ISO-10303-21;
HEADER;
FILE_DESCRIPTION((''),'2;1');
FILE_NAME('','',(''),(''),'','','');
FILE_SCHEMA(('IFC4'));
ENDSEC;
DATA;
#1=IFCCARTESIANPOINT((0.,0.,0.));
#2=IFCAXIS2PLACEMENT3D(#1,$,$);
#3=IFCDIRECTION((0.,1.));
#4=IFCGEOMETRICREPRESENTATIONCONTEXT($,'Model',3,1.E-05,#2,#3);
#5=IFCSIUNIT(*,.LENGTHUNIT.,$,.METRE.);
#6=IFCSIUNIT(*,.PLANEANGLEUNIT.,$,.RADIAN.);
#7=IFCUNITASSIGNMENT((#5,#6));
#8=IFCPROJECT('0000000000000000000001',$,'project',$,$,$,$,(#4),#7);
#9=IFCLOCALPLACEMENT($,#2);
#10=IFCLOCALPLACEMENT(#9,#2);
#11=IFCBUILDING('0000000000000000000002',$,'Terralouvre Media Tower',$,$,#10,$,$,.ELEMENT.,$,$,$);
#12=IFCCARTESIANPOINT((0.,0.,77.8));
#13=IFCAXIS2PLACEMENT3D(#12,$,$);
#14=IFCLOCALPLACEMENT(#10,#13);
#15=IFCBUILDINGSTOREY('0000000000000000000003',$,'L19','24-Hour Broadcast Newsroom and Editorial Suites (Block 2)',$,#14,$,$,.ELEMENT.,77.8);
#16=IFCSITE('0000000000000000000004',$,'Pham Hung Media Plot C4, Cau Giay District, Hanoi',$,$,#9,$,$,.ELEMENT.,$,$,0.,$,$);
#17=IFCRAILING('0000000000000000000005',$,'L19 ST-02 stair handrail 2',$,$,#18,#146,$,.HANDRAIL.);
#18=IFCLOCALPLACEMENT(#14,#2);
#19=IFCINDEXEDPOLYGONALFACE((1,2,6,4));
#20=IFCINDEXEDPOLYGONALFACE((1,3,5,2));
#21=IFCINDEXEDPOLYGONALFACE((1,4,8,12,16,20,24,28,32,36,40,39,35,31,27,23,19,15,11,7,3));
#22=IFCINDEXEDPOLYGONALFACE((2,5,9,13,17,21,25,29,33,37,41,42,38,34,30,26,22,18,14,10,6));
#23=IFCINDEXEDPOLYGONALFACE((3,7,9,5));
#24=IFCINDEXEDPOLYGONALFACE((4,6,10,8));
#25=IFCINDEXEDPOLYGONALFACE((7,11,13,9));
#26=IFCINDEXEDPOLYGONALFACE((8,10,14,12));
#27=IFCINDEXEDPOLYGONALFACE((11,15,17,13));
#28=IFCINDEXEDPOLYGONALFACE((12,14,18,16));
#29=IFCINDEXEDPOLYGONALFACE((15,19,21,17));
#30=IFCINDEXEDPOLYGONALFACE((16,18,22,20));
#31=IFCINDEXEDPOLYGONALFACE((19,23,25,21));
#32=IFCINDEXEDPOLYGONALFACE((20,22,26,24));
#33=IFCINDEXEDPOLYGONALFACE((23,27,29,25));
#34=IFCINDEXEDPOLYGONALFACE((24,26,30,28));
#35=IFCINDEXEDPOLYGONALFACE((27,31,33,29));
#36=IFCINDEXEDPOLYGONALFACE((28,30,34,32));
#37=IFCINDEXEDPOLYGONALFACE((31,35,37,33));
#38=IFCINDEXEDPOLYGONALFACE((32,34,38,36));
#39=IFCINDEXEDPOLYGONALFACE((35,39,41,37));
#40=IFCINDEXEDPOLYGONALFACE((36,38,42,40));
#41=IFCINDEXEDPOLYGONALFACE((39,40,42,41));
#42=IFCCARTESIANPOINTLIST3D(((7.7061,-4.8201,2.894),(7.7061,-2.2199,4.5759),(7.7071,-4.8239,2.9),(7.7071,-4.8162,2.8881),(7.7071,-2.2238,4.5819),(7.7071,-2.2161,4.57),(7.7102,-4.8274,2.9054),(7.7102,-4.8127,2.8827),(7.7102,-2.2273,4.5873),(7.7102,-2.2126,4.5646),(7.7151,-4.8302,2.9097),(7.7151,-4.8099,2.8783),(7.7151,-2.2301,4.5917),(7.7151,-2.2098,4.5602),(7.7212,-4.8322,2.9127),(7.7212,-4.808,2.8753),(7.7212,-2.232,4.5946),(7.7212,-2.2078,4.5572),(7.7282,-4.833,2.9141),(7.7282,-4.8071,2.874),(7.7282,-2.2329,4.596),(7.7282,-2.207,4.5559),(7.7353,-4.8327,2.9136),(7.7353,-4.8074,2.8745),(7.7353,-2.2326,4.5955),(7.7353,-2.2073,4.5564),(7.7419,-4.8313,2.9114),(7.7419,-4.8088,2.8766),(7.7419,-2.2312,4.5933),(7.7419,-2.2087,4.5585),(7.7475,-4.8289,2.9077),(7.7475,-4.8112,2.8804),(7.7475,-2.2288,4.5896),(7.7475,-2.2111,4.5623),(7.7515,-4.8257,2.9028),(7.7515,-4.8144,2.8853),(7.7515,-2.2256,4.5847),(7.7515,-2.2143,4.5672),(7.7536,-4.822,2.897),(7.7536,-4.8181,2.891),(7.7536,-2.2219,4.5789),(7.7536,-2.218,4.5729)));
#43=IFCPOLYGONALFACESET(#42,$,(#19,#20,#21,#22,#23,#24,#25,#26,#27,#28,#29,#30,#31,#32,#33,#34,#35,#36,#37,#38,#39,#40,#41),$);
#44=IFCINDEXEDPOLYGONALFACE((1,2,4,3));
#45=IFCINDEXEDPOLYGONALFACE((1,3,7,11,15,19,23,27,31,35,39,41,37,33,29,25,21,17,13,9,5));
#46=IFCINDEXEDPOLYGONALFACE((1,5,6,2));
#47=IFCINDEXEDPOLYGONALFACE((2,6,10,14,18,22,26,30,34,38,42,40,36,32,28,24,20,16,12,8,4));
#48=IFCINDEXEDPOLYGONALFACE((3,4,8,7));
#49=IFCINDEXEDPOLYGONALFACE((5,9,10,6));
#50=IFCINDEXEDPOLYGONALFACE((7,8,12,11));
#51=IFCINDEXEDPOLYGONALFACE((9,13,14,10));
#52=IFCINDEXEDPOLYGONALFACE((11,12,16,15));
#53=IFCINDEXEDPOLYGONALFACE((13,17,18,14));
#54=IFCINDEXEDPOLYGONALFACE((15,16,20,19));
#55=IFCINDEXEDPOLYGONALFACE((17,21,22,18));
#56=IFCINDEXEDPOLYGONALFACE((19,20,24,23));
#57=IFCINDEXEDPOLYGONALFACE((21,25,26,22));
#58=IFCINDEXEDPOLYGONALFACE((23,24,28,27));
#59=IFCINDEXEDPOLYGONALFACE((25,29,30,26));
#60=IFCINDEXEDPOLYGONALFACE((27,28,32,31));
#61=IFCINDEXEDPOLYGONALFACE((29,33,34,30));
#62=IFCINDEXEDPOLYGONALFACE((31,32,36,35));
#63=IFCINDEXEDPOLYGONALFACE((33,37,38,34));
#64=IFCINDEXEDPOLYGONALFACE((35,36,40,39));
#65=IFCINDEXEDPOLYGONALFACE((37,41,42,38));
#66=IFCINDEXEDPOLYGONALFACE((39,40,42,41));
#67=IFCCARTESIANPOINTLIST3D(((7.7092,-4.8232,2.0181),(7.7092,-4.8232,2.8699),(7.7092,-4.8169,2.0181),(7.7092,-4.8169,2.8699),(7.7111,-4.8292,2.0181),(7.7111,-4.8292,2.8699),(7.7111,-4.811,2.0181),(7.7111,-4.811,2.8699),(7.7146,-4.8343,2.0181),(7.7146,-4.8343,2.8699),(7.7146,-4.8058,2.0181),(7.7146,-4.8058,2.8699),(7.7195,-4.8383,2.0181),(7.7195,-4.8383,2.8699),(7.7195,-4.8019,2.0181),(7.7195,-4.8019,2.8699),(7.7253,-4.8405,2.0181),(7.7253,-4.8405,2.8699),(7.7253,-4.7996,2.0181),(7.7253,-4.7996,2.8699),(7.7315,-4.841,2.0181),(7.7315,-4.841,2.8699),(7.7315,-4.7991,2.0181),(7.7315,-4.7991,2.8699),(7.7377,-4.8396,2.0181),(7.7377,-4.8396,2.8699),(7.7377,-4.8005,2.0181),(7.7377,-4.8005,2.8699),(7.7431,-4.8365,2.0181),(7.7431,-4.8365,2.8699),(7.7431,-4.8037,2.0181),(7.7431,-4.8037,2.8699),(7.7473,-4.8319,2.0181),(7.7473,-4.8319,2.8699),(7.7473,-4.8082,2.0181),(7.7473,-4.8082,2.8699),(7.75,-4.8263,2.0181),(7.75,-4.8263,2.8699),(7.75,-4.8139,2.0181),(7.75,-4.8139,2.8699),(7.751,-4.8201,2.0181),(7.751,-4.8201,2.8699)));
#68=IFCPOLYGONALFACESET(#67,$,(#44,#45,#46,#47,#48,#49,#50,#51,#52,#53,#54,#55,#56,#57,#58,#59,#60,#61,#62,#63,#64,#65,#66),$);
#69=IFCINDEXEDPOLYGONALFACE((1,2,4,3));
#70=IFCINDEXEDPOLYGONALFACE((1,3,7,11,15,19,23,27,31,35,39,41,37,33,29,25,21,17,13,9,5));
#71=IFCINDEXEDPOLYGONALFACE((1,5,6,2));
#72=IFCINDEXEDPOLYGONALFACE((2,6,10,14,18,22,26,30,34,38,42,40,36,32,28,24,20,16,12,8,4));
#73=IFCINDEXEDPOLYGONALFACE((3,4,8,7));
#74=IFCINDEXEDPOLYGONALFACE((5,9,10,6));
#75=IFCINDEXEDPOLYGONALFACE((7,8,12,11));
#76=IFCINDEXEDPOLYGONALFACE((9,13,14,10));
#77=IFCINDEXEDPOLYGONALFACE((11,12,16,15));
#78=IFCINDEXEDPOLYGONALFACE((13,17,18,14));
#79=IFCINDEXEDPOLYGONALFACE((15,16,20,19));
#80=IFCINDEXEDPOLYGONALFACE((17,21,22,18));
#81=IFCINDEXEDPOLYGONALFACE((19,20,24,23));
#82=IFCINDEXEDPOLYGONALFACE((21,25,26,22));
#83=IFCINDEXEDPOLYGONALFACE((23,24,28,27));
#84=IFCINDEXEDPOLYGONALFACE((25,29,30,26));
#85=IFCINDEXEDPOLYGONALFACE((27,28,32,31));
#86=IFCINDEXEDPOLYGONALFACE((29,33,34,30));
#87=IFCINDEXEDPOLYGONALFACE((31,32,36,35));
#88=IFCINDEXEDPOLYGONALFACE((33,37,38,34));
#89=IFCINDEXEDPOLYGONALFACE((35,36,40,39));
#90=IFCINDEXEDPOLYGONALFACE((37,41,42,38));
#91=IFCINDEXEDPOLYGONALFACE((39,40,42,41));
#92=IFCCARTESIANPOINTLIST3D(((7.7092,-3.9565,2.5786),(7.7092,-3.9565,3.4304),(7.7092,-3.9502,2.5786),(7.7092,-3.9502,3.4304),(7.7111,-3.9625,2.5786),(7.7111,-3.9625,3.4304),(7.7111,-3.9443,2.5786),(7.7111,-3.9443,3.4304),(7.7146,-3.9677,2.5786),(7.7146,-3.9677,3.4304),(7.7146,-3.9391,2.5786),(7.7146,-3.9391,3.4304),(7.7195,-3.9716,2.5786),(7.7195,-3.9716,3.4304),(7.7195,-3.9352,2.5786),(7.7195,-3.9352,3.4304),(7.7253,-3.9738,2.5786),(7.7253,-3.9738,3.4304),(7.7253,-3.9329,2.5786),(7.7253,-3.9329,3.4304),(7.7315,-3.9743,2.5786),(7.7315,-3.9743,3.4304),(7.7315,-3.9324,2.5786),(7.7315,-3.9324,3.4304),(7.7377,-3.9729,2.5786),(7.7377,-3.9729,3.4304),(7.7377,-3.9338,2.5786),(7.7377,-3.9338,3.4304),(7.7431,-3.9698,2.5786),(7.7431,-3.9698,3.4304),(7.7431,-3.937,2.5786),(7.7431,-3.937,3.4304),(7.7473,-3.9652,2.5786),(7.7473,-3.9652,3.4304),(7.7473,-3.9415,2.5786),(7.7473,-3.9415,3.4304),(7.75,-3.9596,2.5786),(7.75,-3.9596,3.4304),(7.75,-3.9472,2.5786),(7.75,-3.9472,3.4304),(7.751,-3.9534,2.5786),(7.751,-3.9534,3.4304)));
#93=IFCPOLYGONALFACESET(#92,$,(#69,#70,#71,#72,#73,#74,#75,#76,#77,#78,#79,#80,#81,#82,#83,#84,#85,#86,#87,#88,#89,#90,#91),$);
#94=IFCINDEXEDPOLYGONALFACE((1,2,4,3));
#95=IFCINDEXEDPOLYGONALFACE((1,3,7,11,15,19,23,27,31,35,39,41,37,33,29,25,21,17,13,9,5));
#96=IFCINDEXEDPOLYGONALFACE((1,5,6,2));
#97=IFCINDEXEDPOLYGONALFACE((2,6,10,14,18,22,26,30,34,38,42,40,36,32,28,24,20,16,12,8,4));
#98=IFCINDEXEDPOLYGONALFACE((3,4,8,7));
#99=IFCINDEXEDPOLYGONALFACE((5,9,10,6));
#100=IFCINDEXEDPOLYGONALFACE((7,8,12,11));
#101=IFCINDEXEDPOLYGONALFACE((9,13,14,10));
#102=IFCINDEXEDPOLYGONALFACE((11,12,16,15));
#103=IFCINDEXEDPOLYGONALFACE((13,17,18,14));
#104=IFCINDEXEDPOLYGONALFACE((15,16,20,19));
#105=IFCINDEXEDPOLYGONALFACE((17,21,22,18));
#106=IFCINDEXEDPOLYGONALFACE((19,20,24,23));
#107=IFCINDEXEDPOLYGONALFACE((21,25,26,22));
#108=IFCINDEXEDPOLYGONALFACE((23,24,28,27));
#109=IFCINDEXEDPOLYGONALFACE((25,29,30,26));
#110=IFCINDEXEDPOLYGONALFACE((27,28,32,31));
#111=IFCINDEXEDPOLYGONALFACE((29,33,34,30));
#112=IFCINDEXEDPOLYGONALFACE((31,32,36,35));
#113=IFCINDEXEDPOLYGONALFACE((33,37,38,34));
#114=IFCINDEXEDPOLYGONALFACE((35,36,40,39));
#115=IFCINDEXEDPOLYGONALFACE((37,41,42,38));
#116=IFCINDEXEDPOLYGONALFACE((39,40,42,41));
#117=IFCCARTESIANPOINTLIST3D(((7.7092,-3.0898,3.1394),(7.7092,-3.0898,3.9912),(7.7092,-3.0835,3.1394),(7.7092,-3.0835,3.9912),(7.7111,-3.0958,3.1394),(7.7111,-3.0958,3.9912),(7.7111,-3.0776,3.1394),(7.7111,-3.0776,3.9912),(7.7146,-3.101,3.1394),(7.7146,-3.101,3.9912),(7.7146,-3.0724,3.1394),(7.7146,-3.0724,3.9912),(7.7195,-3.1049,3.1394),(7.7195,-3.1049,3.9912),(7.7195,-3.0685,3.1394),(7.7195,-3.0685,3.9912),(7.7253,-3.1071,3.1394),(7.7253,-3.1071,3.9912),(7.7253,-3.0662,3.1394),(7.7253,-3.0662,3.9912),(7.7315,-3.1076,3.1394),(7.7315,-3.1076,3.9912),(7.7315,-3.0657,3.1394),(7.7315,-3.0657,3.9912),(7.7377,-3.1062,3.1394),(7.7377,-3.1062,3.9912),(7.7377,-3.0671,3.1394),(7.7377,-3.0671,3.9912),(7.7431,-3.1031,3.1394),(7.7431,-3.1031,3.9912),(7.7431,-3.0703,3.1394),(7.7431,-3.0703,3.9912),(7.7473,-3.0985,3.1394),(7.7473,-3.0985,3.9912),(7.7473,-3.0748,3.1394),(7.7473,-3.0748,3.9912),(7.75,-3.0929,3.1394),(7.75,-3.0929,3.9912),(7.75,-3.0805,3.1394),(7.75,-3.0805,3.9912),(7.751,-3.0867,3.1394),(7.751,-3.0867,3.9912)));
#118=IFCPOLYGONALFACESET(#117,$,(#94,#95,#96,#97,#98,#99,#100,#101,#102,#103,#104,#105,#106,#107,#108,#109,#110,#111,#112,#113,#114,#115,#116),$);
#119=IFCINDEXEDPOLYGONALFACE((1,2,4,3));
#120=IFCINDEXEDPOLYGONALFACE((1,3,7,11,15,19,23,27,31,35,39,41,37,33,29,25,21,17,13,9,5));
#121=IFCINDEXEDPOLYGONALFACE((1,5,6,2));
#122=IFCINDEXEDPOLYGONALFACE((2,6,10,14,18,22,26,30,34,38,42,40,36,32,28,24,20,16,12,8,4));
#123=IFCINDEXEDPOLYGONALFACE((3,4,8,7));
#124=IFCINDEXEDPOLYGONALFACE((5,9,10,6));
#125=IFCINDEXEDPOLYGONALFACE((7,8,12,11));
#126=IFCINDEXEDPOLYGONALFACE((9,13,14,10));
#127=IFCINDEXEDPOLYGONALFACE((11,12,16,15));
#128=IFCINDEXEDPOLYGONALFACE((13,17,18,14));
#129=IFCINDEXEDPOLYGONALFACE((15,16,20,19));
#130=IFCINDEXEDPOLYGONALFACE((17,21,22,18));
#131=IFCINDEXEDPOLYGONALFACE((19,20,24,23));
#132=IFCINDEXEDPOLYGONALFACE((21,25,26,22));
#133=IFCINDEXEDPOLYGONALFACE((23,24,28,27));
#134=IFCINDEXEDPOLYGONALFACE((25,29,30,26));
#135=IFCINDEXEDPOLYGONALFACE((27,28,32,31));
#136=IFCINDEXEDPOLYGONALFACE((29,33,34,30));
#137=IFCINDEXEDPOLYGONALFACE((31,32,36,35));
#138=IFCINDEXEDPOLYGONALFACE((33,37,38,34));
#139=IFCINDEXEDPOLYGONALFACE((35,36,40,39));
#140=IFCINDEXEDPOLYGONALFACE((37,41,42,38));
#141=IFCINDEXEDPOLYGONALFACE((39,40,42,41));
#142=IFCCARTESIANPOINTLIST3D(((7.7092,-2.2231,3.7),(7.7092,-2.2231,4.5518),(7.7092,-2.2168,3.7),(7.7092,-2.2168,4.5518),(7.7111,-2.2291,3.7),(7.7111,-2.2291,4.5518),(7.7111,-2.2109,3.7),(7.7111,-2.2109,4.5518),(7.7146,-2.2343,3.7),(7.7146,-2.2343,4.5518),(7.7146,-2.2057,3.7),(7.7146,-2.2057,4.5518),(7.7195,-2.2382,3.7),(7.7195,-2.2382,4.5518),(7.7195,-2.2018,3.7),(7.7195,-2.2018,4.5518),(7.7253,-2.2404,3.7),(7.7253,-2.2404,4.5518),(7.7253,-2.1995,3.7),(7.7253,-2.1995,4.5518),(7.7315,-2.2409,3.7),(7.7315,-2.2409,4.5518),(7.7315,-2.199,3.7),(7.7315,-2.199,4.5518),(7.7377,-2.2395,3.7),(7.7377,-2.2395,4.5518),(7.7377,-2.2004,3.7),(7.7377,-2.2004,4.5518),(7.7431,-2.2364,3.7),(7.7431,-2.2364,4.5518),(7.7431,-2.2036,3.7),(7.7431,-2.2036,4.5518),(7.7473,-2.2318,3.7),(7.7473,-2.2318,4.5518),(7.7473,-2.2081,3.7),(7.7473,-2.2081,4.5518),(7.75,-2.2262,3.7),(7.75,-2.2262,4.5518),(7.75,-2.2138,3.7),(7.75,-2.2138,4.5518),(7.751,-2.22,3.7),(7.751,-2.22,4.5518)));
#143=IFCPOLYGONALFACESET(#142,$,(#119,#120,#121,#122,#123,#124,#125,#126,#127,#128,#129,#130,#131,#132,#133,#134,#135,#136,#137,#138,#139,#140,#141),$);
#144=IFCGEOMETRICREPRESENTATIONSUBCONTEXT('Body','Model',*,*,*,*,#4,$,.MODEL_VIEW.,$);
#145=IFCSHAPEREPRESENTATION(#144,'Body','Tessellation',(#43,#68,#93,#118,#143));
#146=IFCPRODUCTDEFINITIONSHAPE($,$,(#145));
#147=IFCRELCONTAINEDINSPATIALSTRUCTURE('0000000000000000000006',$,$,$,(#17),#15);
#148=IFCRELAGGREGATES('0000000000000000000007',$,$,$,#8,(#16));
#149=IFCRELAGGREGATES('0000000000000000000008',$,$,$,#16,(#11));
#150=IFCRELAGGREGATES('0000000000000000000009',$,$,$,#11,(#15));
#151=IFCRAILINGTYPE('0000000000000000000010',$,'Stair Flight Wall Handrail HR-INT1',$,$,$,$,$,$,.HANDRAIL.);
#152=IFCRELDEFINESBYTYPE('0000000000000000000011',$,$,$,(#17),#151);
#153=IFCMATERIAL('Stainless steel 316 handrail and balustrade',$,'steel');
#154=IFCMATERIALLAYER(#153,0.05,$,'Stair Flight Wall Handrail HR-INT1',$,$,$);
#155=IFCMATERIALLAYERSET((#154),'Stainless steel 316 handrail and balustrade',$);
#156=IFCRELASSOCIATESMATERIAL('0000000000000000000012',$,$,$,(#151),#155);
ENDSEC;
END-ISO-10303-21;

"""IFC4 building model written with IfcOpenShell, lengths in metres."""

from ifc_helpers import new_model, si_unit, direction, frame, origin, origin_2d, place, context, subcontext, project, spatial, circle, extrude, material, layer, layer_set, type_object, element, save


model = new_model("IFC4")

# Units and contexts
model_context = context("Model", 3, precision=1e-05, world=origin(), true_north=direction((0.0, 1.0)))
body_context = subcontext(model_context, "Body", "Model", "MODEL_VIEW")
ifc_project = project(units=[si_unit("LENGTHUNIT", "METRE"), si_unit("PLANEANGLEUNIT", "RADIAN")], contexts=[model_context])

# Site, building, storey
site_placement = place(None, origin())
site = spatial("IfcSite", under=ifc_project, at=site_placement, Name="Pham Hung Media Plot C4, Cau Giay District, Hanoi", CompositionType="ELEMENT", RefElevation=0.0)
building_placement = place(site_placement, origin())
building = spatial("IfcBuilding", under=site, at=building_placement, Name="Terralouvre Media Tower", CompositionType="ELEMENT")
storey_placement = place(building_placement, frame((0.0, 0.0, 77.8)))
storey = spatial("IfcBuildingStorey", under=building, at=storey_placement, Name="L19", Description="24-Hour Broadcast Newsroom and Editorial Suites (Block 2)", CompositionType="ELEMENT", Elevation=77.8)

# Railing
ifc_material_1 = material(Name="Stainless steel 316 handrail and balustrade", Category="steel")
ifc_layer_1 = layer(ifc_material_1, 0.05, Name="Stair Flight Wall Handrail HR-INT1")
ifc_layer_set_1 = layer_set([ifc_layer_1], Name="Stainless steel 316 handrail and balustrade")
railing_type_1 = type_object("IfcRailingType", Name="Stair Flight Wall Handrail HR-INT1", PredefinedType="HANDRAIL", material=ifc_layer_set_1)
railing_1_placement = place(storey_placement, frame((7.73, -4.8201, 2.0181)))
element("IfcRailing", 1, at=railing_1_placement, inside=storey, type_object=railing_type_1, Name="L19 ST-02 stair handrail 2", PredefinedType="HANDRAIL", context=body_context, shape_type="SweptSolid", body=[
    extrude(circle(Radius=0.0239, at=origin_2d()), frame((0.0, 0.0, 0.876), z_axis=(0.0, 0.839648, 0.54313), x_axis=(-1.0, 0.0, 0.0)), (0.0, 0.0, 1.0), 3.0967),
    extrude(circle(Radius=0.021, at=origin_2d()), origin(), (0.0, 0.0, 1.0), 0.8518),
    extrude(circle(Radius=0.021, at=origin_2d()), frame((0.0, 0.8667, 0.5605)), (0.0, 0.0, 1.0), 0.8518),
    extrude(circle(Radius=0.021, at=origin_2d()), frame((0.0, 1.7334, 1.1213)), (0.0, 0.0, 1.0), 0.8518),
    extrude(circle(Radius=0.021, at=origin_2d()), frame((0.0, 2.6001, 1.6819)), (0.0, 0.0, 1.0), 0.8518),
])

save(model, "model.ifc")
